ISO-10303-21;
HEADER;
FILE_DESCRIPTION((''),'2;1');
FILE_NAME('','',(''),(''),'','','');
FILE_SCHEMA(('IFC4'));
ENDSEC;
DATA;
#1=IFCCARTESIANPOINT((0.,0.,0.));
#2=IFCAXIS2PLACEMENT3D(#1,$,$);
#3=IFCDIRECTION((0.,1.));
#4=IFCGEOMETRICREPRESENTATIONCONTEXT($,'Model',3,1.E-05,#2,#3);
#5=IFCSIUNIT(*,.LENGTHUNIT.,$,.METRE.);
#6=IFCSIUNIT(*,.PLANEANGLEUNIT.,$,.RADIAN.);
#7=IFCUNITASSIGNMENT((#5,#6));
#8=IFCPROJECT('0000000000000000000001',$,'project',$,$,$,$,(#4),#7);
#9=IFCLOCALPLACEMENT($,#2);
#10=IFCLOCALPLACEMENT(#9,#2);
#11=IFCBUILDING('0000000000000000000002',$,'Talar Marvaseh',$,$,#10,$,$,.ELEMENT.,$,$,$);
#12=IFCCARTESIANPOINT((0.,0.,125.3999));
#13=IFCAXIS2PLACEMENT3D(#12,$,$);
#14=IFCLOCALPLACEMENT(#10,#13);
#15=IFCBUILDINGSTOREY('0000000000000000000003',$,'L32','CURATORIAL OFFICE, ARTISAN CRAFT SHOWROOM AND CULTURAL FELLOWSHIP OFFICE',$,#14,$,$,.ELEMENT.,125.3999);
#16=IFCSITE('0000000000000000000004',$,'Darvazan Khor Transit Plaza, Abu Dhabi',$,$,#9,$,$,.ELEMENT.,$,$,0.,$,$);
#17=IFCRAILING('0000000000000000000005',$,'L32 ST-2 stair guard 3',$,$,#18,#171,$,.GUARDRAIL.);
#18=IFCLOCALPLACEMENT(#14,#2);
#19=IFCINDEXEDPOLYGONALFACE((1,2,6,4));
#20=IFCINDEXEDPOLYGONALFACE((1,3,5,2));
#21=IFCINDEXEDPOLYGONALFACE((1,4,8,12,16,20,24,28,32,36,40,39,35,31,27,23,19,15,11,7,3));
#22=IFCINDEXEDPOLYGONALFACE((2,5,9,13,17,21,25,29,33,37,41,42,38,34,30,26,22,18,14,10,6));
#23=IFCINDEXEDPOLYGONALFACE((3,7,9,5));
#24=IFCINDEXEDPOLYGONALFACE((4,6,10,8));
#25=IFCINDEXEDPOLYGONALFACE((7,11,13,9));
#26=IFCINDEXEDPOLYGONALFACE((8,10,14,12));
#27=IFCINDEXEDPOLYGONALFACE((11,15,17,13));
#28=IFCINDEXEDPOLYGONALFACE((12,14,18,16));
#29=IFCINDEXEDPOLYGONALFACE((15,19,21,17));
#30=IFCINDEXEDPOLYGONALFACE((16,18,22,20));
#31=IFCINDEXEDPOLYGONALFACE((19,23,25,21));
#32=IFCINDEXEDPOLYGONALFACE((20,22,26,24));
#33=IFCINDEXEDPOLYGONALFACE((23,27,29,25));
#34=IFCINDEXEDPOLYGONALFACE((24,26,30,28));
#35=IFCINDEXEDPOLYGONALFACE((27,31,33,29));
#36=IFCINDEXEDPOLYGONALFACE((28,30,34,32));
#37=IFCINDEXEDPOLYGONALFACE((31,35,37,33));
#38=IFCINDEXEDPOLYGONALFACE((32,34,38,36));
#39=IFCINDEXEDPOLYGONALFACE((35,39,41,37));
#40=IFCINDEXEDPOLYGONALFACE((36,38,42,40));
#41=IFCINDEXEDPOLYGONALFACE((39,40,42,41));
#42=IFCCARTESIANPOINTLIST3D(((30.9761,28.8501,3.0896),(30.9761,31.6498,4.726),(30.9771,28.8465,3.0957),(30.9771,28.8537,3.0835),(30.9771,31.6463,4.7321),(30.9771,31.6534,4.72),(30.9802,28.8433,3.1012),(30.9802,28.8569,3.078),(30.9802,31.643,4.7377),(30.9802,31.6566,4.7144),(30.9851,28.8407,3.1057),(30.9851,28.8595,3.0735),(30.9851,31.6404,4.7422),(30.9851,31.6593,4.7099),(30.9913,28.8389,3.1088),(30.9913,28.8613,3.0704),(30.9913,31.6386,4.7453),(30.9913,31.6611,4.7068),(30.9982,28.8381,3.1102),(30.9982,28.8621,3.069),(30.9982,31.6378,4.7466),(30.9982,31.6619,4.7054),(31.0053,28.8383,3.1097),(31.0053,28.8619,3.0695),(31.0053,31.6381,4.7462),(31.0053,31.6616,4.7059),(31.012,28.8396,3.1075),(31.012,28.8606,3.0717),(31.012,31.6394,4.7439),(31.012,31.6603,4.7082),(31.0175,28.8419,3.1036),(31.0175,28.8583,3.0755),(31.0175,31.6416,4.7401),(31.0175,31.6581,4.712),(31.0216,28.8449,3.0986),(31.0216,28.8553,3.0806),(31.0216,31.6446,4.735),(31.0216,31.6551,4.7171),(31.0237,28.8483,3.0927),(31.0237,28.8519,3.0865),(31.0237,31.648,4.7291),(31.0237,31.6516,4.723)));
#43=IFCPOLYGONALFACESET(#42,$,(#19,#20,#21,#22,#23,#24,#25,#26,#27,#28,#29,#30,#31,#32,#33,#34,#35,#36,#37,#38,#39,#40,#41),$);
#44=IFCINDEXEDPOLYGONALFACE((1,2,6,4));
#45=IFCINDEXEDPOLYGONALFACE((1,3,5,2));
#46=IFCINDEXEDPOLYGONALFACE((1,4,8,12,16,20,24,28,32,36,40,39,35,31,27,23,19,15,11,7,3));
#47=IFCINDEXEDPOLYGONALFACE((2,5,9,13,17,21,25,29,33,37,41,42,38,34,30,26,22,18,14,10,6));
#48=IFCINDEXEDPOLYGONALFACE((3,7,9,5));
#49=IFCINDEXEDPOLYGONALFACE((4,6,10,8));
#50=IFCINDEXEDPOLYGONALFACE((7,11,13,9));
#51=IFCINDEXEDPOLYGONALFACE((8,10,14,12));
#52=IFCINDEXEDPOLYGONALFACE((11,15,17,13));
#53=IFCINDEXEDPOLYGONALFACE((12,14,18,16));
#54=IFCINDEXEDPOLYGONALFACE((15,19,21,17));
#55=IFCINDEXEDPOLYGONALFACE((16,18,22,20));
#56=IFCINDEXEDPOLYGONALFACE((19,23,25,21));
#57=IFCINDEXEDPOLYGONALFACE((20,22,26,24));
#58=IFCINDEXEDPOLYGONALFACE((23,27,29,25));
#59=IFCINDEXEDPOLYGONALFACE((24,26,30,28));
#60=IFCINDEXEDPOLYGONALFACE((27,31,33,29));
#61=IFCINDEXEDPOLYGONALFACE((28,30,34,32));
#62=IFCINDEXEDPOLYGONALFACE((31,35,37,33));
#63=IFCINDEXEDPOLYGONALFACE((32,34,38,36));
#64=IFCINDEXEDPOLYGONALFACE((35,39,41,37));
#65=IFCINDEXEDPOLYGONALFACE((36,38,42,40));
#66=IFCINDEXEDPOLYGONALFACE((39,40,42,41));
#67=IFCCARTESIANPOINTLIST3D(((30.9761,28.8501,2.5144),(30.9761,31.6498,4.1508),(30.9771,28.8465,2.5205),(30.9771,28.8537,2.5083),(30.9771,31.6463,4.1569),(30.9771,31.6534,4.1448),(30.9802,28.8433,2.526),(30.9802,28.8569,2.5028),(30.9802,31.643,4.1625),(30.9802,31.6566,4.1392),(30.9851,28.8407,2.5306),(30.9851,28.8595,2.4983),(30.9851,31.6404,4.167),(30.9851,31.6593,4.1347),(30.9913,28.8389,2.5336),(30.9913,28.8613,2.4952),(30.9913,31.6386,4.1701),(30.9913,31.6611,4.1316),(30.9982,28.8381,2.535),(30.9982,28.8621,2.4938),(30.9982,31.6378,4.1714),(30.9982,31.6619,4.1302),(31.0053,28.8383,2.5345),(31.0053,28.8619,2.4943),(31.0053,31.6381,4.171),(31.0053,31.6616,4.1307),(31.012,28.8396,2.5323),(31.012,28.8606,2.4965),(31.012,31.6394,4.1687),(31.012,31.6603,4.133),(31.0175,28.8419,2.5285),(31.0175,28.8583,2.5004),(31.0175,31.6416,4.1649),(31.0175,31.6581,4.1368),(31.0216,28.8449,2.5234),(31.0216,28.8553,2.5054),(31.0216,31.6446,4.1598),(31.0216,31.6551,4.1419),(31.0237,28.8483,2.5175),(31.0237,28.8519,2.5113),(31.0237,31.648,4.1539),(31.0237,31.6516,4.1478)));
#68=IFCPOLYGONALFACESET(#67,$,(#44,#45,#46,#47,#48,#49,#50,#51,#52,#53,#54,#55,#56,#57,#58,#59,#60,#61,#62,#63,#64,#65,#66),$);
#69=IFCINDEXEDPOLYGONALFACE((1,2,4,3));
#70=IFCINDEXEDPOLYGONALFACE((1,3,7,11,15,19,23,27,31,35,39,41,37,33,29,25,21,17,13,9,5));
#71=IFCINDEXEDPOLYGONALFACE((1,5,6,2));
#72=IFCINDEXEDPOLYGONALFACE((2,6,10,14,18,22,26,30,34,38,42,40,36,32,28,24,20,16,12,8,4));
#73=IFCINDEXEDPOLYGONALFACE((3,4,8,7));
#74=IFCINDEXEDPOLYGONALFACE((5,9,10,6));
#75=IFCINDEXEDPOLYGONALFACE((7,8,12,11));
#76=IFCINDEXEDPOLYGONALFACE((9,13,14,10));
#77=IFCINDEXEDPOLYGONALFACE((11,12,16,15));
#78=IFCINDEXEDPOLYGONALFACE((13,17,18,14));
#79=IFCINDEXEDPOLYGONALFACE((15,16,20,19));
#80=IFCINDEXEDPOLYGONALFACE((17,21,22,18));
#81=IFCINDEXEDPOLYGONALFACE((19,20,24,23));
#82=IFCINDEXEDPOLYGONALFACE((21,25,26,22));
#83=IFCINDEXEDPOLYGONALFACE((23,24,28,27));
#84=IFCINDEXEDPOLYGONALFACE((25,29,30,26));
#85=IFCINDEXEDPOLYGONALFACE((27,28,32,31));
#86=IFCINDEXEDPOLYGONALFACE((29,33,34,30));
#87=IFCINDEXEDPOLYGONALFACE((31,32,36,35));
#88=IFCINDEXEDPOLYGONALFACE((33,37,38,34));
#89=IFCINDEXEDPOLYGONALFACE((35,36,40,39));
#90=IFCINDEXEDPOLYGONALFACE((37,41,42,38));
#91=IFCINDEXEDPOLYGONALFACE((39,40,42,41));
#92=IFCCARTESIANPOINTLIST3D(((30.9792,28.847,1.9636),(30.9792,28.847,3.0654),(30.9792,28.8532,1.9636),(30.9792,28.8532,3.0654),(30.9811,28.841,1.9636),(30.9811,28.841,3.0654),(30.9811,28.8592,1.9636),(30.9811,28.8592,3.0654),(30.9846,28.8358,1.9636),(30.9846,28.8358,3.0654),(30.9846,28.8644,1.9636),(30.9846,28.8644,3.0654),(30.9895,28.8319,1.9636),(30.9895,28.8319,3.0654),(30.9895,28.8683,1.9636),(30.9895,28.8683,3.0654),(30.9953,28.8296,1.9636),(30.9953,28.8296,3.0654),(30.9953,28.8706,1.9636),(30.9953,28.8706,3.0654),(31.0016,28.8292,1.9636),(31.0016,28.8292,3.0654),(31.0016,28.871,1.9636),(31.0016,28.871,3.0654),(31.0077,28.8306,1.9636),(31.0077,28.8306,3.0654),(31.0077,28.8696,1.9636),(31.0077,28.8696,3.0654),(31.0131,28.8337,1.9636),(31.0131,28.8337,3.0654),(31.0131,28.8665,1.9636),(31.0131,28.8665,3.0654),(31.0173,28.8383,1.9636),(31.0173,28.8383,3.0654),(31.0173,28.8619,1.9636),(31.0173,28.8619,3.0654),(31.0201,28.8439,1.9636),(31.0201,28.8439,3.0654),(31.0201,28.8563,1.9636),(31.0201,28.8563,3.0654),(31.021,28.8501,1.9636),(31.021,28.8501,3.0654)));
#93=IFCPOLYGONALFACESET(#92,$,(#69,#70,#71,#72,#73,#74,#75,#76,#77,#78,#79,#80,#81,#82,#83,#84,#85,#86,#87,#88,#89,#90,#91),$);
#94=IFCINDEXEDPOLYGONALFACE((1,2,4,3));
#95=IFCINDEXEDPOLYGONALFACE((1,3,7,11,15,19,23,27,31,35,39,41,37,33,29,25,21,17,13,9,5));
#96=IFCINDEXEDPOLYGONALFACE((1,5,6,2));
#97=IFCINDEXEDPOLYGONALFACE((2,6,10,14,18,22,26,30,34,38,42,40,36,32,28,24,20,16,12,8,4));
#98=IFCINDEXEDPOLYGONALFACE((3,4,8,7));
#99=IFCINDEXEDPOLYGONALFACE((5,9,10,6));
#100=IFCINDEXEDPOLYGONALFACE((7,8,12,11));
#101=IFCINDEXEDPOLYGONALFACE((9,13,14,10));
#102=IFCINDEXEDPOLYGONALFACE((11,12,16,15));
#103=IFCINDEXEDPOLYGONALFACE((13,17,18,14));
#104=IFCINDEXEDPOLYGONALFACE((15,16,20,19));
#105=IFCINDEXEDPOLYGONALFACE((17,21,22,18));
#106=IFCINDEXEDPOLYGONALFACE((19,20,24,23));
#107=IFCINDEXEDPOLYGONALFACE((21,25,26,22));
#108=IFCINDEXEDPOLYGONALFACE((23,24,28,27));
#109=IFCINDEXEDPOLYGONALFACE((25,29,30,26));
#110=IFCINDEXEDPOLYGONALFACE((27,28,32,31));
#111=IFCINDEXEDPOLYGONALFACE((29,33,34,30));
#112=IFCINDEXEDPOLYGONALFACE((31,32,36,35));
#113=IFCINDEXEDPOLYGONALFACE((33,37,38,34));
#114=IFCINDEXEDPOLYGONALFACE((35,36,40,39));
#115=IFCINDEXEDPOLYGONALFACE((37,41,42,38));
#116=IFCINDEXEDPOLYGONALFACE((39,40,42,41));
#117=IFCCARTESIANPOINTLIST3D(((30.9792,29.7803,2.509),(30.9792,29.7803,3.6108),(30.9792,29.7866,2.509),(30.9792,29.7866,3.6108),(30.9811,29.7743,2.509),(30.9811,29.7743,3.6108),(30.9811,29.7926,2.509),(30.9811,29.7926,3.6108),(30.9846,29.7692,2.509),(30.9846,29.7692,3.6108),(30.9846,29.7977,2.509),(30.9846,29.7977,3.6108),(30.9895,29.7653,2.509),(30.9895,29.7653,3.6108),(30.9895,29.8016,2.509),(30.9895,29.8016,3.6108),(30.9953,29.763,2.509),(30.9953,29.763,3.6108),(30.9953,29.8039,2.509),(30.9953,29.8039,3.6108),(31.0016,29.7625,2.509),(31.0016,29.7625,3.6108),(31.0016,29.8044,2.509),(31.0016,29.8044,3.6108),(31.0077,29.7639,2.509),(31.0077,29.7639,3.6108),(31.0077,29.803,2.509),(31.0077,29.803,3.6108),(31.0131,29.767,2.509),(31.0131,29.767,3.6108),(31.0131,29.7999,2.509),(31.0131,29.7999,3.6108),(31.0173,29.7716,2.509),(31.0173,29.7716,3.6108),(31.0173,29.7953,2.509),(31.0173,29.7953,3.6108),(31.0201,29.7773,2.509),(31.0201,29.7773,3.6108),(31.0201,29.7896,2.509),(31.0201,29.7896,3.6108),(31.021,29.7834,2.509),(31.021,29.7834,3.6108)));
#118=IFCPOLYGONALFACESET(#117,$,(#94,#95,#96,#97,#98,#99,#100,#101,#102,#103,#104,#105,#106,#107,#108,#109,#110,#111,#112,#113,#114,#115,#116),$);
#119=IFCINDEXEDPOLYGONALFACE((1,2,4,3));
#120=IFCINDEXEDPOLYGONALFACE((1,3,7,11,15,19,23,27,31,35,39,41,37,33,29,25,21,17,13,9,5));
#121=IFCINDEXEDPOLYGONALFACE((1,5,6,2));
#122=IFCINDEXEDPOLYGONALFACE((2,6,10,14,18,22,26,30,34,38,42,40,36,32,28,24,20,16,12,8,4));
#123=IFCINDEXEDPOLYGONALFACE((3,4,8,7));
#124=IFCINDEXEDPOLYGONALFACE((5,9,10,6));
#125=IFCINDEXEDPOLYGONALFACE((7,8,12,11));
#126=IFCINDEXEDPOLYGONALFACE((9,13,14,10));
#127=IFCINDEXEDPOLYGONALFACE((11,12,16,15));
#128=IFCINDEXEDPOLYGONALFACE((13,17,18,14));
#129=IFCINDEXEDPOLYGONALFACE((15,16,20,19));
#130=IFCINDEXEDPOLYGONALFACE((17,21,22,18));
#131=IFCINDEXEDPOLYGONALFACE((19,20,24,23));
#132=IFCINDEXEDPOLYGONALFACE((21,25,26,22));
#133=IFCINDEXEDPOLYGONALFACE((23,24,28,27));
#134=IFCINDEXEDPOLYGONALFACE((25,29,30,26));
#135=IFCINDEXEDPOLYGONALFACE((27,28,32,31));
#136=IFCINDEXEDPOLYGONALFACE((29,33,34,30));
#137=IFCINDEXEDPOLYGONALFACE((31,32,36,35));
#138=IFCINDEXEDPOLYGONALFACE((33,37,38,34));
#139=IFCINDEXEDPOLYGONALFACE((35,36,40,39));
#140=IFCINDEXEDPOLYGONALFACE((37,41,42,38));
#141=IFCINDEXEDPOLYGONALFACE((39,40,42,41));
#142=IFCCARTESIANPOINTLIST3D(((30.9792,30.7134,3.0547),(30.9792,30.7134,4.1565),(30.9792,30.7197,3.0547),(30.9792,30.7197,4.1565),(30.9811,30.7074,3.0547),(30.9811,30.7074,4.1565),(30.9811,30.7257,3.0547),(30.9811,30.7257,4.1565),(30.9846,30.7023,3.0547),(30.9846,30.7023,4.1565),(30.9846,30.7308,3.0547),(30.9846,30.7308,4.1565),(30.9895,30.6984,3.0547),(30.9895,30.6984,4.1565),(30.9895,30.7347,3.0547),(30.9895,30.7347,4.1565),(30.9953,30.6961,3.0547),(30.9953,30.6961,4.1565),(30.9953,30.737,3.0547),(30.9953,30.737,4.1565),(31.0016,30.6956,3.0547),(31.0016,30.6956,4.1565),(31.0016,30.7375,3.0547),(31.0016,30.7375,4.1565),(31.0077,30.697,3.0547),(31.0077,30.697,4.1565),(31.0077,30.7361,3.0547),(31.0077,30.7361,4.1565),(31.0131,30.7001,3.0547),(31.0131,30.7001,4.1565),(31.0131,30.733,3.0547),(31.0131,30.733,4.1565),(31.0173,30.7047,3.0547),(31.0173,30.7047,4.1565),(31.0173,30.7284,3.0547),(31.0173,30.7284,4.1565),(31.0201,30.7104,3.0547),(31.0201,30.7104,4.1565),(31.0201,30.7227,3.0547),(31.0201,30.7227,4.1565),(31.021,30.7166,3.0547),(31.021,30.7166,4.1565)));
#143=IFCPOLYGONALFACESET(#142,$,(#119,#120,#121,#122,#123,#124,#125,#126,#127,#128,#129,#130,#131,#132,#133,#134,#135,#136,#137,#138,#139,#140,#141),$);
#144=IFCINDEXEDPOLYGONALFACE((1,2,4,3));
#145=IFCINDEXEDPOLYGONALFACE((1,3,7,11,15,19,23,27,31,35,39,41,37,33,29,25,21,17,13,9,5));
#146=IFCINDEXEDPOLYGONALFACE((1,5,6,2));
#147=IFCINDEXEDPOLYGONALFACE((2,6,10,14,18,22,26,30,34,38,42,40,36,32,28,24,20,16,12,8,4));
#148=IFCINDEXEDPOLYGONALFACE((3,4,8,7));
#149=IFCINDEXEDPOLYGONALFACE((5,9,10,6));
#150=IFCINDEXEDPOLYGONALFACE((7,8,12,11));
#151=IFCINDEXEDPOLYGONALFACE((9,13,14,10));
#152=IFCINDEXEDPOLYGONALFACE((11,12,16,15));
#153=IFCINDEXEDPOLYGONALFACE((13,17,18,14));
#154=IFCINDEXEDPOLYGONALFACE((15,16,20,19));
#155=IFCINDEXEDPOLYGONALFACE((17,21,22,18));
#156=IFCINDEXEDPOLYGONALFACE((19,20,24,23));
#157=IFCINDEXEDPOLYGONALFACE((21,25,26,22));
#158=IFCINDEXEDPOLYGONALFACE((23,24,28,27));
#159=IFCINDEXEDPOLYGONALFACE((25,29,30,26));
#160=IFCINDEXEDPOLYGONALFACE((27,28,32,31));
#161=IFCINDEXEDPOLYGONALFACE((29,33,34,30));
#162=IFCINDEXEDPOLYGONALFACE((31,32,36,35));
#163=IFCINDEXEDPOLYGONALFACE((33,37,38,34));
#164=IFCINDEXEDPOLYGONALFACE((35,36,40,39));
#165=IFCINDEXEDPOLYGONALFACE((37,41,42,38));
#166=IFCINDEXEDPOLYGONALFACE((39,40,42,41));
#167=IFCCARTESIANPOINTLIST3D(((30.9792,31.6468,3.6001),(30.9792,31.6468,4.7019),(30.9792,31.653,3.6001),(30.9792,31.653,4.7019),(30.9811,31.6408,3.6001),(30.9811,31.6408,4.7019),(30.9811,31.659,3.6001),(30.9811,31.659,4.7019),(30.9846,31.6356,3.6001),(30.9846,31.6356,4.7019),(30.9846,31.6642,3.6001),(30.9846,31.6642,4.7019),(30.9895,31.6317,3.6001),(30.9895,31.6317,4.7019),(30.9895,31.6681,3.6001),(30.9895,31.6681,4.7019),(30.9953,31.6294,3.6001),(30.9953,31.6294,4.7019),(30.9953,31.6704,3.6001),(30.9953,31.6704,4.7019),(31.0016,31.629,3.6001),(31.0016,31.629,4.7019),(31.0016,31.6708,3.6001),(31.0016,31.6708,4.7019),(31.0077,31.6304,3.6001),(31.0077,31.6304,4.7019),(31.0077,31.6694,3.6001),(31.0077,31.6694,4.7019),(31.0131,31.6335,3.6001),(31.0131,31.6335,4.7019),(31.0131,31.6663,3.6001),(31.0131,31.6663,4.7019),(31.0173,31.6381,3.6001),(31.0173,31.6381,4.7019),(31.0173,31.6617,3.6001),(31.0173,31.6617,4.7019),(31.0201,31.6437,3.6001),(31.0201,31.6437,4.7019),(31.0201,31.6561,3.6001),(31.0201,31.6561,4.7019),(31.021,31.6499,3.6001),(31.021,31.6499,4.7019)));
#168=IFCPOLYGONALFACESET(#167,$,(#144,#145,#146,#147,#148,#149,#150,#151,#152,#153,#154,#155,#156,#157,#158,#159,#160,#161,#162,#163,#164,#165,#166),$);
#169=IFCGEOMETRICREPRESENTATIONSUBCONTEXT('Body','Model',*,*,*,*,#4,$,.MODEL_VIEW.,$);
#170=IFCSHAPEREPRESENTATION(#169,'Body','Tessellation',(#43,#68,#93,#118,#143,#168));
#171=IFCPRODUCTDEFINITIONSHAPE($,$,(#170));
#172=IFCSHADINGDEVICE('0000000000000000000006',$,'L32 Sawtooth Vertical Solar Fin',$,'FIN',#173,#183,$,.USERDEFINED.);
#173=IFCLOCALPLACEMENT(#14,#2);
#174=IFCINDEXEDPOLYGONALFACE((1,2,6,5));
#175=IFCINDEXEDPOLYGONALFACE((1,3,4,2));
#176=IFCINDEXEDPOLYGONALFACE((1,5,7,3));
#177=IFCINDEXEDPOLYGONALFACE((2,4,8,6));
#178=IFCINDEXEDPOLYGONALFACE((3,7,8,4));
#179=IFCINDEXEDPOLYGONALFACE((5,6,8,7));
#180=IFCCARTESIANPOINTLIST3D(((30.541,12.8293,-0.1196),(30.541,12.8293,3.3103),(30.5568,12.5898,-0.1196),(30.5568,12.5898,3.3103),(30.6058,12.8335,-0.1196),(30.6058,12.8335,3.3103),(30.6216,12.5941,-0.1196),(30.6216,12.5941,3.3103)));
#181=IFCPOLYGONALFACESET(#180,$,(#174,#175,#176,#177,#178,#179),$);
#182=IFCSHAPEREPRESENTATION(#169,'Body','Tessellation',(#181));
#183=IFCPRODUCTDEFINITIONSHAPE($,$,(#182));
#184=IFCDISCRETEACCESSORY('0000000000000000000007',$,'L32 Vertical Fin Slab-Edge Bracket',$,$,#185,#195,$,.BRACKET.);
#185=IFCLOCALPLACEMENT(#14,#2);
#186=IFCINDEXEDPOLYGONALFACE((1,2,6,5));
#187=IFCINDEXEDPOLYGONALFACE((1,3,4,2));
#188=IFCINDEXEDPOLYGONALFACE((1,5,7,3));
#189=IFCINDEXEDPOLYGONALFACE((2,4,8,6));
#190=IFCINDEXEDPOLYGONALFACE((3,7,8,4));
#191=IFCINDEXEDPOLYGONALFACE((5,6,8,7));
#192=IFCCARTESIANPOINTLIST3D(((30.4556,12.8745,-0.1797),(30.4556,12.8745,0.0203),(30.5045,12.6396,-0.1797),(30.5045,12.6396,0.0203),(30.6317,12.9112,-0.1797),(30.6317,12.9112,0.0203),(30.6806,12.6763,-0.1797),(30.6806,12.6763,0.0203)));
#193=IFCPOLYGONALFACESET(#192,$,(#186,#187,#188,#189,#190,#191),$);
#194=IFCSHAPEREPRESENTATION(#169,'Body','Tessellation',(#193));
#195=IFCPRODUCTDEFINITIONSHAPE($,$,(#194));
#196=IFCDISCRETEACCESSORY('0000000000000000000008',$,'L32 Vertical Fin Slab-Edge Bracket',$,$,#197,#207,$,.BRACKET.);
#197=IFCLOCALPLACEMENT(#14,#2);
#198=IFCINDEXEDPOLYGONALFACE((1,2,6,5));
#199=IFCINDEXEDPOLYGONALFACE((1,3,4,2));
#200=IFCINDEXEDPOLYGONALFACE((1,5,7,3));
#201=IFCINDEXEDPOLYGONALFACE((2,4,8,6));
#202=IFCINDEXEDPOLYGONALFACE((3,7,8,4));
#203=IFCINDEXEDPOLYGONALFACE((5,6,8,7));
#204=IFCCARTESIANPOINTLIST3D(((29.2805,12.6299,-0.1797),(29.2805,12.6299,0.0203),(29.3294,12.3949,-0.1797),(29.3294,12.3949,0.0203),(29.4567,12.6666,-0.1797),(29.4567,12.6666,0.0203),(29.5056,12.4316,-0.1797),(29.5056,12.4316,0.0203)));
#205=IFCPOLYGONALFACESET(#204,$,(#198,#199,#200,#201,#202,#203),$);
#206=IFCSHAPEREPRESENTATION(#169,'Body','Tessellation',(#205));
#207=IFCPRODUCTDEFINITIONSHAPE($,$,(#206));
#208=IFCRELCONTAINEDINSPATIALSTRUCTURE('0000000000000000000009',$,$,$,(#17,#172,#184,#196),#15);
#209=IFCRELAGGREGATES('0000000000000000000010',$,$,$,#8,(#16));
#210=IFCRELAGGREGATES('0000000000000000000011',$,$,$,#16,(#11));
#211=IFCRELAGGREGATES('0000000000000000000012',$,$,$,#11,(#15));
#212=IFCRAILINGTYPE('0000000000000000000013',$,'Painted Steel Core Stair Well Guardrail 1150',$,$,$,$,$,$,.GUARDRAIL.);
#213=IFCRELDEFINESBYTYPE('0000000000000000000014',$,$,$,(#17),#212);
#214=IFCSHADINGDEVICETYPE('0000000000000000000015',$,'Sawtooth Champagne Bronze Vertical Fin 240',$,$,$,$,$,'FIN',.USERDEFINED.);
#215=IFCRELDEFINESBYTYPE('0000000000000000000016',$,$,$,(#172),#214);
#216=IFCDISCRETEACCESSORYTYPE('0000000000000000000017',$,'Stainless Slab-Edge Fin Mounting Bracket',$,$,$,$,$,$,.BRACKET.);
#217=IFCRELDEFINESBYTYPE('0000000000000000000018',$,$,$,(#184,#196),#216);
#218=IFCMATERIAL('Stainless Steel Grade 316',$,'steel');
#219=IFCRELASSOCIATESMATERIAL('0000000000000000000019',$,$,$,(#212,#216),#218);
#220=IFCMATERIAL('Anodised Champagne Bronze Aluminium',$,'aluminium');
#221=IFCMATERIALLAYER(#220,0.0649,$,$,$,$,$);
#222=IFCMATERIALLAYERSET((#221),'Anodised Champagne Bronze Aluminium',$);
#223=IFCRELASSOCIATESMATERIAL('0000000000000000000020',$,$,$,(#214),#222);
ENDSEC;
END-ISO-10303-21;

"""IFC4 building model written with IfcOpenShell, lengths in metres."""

from ifc_helpers import new_model, si_unit, direction, frame, origin, origin_2d, place, context, subcontext, project, spatial, rectangle, circle, extrude, source, transform, mapped, material, layer, layer_set, type_object, type_shapes, element, save


model = new_model("IFC4")

# Units and contexts
model_context = context("Model", 3, precision=1e-05, world=origin(), true_north=direction((0.0, 1.0)))
body_context = subcontext(model_context, "Body", "Model", "MODEL_VIEW")
ifc_project = project(units=[si_unit("LENGTHUNIT", "METRE"), si_unit("PLANEANGLEUNIT", "RADIAN")], contexts=[model_context])

# Site, building, storey
site_placement = place(None, origin())
site = spatial("IfcSite", under=ifc_project, at=site_placement, Name="Darvazan Khor Transit Plaza, Abu Dhabi", CompositionType="ELEMENT", RefElevation=0.0)
building_placement = place(site_placement, origin())
building = spatial("IfcBuilding", under=site, at=building_placement, Name="Talar Marvaseh", CompositionType="ELEMENT")
storey_placement = place(building_placement, frame((0.0, 0.0, 125.3999)))
storey = spatial("IfcBuildingStorey", under=building, at=storey_placement, Name="L32", Description="CURATORIAL OFFICE, ARTISAN CRAFT SHOWROOM AND CULTURAL FELLOWSHIP OFFICE", CompositionType="ELEMENT", Elevation=125.3999)

# Railing
ifc_material_1 = material(Name="Stainless Steel Grade 316", Category="steel")
railing_type_1 = type_object("IfcRailingType", Name="Painted Steel Core Stair Well Guardrail 1150", PredefinedType="GUARDRAIL", material=ifc_material_1)
railing_1_placement = place(storey_placement, frame((31.0, 28.8501, 1.9636)))
element("IfcRailing", 1, at=railing_1_placement, inside=storey, type_object=railing_type_1, Name="L32 ST-2 stair guard 3", PredefinedType="GUARDRAIL", context=body_context, shape_type="SweptSolid", body=[
    extrude(circle(Radius=0.0239, at=origin_2d()), frame((0.0, 0.0, 1.126), z_axis=(0.0, 0.863342, 0.50462), x_axis=(-1.0, 0.0, 0.0)), (0.0, 0.0, 1.0), 3.2429),
    extrude(circle(Radius=0.0239, at=origin_2d()), frame((0.0, 0.0, 0.5508), z_axis=(0.0, 0.863342, 0.50462), x_axis=(-1.0, 0.0, 0.0)), (0.0, 0.0, 1.0), 3.2429),
    extrude(circle(Radius=0.021, at=origin_2d()), origin(), (0.0, 0.0, 1.0), 1.1018),
    extrude(circle(Radius=0.021, at=origin_2d()), frame((0.0, 0.9333, 0.5454)), (0.0, 0.0, 1.0), 1.1018),
    extrude(circle(Radius=0.021, at=origin_2d()), frame((0.0, 1.8665, 1.0911)), (0.0, 0.0, 1.0), 1.1018),
    extrude(circle(Radius=0.021, at=origin_2d()), frame((0.0, 2.7998, 1.6365)), (0.0, 0.0, 1.0), 1.1018),
])

# Shading device
ifc_material_2 = material(Name="Anodised Champagne Bronze Aluminium", Category="aluminium")
ifc_layer_1 = layer(ifc_material_2, 0.0649)
ifc_layer_set_1 = layer_set([ifc_layer_1], Name="Anodised Champagne Bronze Aluminium")
shading_device_type = type_object("IfcShadingDeviceType", Name="Sawtooth Champagne Bronze Vertical Fin 240", ElementType="FIN", PredefinedType="USERDEFINED", material=ifc_layer_set_1)
shared_shape_1 = source(origin(), body_context, "Body", "SweptSolid", [
    extrude(rectangle(XDim=0.24, YDim=0.0649, at=origin_2d()), origin(), (0.0, 0.0, 1.0), 3.4299),
])
type_shapes(shading_device_type, [shared_shape_1])
shading_device_placement = place(storey_placement, frame((30.5813, 12.7117, -0.1196), z_axis=(0.0, 0.0, 1.0), x_axis=(0.065577, -0.997847, 0.0)))
element("IfcShadingDevice", 2, at=shading_device_placement, inside=storey, type_object=shading_device_type, Name="L32 Sawtooth Vertical Solar Fin", ObjectType="FIN", PredefinedType="USERDEFINED", context=body_context, shape_type="MappedRepresentation", body=[
    mapped(shared_shape_1, transform((0.0, 0.0, 0.0), x_axis=(1.0, 0.0, 0.0), y_axis=(0.0, 1.0, 0.0), z_axis=(0.0, 0.0, 1.0), scale=1.0)),
])

# Discrete accessories
discrete_accessory_type = type_object("IfcDiscreteAccessoryType", Name="Stainless Slab-Edge Fin Mounting Bracket", PredefinedType="BRACKET", material=ifc_material_1)
shared_shape_2 = source(origin(), body_context, "Body", "SweptSolid", [
    extrude(rectangle(XDim=0.24, YDim=0.1799, at=origin_2d()), origin(), (0.0, 0.0, 1.0), 0.2),
])
type_shapes(discrete_accessory_type, [shared_shape_2])
for number, where, z_axis, x_axis, name in (
    (3, (30.5681, 12.7754, -0.1797), (0.0, 0.0, 1.0), (0.203813, -0.97901, 0.0), "L32 Vertical Fin Slab-Edge Bracket"),
    (4, (29.3931, 12.5308, -0.1797), (0.0, 0.0, 1.0), (0.203813, -0.97901, 0.0), "L32 Vertical Fin Slab-Edge Bracket"),
):
    element("IfcDiscreteAccessory", number, at=place(storey_placement, frame(where, z_axis=z_axis, x_axis=x_axis)), inside=storey, type_object=discrete_accessory_type, Name=name, PredefinedType="BRACKET", context=body_context, shape_type="MappedRepresentation", body=[
        mapped(shared_shape_2, transform((0.0, 0.0, 0.0), x_axis=(1.0, 0.0, 0.0), y_axis=(0.0, 1.0, 0.0), z_axis=(0.0, 0.0, 1.0), scale=1.0)),
    ])

save(model, "model.ifc")
